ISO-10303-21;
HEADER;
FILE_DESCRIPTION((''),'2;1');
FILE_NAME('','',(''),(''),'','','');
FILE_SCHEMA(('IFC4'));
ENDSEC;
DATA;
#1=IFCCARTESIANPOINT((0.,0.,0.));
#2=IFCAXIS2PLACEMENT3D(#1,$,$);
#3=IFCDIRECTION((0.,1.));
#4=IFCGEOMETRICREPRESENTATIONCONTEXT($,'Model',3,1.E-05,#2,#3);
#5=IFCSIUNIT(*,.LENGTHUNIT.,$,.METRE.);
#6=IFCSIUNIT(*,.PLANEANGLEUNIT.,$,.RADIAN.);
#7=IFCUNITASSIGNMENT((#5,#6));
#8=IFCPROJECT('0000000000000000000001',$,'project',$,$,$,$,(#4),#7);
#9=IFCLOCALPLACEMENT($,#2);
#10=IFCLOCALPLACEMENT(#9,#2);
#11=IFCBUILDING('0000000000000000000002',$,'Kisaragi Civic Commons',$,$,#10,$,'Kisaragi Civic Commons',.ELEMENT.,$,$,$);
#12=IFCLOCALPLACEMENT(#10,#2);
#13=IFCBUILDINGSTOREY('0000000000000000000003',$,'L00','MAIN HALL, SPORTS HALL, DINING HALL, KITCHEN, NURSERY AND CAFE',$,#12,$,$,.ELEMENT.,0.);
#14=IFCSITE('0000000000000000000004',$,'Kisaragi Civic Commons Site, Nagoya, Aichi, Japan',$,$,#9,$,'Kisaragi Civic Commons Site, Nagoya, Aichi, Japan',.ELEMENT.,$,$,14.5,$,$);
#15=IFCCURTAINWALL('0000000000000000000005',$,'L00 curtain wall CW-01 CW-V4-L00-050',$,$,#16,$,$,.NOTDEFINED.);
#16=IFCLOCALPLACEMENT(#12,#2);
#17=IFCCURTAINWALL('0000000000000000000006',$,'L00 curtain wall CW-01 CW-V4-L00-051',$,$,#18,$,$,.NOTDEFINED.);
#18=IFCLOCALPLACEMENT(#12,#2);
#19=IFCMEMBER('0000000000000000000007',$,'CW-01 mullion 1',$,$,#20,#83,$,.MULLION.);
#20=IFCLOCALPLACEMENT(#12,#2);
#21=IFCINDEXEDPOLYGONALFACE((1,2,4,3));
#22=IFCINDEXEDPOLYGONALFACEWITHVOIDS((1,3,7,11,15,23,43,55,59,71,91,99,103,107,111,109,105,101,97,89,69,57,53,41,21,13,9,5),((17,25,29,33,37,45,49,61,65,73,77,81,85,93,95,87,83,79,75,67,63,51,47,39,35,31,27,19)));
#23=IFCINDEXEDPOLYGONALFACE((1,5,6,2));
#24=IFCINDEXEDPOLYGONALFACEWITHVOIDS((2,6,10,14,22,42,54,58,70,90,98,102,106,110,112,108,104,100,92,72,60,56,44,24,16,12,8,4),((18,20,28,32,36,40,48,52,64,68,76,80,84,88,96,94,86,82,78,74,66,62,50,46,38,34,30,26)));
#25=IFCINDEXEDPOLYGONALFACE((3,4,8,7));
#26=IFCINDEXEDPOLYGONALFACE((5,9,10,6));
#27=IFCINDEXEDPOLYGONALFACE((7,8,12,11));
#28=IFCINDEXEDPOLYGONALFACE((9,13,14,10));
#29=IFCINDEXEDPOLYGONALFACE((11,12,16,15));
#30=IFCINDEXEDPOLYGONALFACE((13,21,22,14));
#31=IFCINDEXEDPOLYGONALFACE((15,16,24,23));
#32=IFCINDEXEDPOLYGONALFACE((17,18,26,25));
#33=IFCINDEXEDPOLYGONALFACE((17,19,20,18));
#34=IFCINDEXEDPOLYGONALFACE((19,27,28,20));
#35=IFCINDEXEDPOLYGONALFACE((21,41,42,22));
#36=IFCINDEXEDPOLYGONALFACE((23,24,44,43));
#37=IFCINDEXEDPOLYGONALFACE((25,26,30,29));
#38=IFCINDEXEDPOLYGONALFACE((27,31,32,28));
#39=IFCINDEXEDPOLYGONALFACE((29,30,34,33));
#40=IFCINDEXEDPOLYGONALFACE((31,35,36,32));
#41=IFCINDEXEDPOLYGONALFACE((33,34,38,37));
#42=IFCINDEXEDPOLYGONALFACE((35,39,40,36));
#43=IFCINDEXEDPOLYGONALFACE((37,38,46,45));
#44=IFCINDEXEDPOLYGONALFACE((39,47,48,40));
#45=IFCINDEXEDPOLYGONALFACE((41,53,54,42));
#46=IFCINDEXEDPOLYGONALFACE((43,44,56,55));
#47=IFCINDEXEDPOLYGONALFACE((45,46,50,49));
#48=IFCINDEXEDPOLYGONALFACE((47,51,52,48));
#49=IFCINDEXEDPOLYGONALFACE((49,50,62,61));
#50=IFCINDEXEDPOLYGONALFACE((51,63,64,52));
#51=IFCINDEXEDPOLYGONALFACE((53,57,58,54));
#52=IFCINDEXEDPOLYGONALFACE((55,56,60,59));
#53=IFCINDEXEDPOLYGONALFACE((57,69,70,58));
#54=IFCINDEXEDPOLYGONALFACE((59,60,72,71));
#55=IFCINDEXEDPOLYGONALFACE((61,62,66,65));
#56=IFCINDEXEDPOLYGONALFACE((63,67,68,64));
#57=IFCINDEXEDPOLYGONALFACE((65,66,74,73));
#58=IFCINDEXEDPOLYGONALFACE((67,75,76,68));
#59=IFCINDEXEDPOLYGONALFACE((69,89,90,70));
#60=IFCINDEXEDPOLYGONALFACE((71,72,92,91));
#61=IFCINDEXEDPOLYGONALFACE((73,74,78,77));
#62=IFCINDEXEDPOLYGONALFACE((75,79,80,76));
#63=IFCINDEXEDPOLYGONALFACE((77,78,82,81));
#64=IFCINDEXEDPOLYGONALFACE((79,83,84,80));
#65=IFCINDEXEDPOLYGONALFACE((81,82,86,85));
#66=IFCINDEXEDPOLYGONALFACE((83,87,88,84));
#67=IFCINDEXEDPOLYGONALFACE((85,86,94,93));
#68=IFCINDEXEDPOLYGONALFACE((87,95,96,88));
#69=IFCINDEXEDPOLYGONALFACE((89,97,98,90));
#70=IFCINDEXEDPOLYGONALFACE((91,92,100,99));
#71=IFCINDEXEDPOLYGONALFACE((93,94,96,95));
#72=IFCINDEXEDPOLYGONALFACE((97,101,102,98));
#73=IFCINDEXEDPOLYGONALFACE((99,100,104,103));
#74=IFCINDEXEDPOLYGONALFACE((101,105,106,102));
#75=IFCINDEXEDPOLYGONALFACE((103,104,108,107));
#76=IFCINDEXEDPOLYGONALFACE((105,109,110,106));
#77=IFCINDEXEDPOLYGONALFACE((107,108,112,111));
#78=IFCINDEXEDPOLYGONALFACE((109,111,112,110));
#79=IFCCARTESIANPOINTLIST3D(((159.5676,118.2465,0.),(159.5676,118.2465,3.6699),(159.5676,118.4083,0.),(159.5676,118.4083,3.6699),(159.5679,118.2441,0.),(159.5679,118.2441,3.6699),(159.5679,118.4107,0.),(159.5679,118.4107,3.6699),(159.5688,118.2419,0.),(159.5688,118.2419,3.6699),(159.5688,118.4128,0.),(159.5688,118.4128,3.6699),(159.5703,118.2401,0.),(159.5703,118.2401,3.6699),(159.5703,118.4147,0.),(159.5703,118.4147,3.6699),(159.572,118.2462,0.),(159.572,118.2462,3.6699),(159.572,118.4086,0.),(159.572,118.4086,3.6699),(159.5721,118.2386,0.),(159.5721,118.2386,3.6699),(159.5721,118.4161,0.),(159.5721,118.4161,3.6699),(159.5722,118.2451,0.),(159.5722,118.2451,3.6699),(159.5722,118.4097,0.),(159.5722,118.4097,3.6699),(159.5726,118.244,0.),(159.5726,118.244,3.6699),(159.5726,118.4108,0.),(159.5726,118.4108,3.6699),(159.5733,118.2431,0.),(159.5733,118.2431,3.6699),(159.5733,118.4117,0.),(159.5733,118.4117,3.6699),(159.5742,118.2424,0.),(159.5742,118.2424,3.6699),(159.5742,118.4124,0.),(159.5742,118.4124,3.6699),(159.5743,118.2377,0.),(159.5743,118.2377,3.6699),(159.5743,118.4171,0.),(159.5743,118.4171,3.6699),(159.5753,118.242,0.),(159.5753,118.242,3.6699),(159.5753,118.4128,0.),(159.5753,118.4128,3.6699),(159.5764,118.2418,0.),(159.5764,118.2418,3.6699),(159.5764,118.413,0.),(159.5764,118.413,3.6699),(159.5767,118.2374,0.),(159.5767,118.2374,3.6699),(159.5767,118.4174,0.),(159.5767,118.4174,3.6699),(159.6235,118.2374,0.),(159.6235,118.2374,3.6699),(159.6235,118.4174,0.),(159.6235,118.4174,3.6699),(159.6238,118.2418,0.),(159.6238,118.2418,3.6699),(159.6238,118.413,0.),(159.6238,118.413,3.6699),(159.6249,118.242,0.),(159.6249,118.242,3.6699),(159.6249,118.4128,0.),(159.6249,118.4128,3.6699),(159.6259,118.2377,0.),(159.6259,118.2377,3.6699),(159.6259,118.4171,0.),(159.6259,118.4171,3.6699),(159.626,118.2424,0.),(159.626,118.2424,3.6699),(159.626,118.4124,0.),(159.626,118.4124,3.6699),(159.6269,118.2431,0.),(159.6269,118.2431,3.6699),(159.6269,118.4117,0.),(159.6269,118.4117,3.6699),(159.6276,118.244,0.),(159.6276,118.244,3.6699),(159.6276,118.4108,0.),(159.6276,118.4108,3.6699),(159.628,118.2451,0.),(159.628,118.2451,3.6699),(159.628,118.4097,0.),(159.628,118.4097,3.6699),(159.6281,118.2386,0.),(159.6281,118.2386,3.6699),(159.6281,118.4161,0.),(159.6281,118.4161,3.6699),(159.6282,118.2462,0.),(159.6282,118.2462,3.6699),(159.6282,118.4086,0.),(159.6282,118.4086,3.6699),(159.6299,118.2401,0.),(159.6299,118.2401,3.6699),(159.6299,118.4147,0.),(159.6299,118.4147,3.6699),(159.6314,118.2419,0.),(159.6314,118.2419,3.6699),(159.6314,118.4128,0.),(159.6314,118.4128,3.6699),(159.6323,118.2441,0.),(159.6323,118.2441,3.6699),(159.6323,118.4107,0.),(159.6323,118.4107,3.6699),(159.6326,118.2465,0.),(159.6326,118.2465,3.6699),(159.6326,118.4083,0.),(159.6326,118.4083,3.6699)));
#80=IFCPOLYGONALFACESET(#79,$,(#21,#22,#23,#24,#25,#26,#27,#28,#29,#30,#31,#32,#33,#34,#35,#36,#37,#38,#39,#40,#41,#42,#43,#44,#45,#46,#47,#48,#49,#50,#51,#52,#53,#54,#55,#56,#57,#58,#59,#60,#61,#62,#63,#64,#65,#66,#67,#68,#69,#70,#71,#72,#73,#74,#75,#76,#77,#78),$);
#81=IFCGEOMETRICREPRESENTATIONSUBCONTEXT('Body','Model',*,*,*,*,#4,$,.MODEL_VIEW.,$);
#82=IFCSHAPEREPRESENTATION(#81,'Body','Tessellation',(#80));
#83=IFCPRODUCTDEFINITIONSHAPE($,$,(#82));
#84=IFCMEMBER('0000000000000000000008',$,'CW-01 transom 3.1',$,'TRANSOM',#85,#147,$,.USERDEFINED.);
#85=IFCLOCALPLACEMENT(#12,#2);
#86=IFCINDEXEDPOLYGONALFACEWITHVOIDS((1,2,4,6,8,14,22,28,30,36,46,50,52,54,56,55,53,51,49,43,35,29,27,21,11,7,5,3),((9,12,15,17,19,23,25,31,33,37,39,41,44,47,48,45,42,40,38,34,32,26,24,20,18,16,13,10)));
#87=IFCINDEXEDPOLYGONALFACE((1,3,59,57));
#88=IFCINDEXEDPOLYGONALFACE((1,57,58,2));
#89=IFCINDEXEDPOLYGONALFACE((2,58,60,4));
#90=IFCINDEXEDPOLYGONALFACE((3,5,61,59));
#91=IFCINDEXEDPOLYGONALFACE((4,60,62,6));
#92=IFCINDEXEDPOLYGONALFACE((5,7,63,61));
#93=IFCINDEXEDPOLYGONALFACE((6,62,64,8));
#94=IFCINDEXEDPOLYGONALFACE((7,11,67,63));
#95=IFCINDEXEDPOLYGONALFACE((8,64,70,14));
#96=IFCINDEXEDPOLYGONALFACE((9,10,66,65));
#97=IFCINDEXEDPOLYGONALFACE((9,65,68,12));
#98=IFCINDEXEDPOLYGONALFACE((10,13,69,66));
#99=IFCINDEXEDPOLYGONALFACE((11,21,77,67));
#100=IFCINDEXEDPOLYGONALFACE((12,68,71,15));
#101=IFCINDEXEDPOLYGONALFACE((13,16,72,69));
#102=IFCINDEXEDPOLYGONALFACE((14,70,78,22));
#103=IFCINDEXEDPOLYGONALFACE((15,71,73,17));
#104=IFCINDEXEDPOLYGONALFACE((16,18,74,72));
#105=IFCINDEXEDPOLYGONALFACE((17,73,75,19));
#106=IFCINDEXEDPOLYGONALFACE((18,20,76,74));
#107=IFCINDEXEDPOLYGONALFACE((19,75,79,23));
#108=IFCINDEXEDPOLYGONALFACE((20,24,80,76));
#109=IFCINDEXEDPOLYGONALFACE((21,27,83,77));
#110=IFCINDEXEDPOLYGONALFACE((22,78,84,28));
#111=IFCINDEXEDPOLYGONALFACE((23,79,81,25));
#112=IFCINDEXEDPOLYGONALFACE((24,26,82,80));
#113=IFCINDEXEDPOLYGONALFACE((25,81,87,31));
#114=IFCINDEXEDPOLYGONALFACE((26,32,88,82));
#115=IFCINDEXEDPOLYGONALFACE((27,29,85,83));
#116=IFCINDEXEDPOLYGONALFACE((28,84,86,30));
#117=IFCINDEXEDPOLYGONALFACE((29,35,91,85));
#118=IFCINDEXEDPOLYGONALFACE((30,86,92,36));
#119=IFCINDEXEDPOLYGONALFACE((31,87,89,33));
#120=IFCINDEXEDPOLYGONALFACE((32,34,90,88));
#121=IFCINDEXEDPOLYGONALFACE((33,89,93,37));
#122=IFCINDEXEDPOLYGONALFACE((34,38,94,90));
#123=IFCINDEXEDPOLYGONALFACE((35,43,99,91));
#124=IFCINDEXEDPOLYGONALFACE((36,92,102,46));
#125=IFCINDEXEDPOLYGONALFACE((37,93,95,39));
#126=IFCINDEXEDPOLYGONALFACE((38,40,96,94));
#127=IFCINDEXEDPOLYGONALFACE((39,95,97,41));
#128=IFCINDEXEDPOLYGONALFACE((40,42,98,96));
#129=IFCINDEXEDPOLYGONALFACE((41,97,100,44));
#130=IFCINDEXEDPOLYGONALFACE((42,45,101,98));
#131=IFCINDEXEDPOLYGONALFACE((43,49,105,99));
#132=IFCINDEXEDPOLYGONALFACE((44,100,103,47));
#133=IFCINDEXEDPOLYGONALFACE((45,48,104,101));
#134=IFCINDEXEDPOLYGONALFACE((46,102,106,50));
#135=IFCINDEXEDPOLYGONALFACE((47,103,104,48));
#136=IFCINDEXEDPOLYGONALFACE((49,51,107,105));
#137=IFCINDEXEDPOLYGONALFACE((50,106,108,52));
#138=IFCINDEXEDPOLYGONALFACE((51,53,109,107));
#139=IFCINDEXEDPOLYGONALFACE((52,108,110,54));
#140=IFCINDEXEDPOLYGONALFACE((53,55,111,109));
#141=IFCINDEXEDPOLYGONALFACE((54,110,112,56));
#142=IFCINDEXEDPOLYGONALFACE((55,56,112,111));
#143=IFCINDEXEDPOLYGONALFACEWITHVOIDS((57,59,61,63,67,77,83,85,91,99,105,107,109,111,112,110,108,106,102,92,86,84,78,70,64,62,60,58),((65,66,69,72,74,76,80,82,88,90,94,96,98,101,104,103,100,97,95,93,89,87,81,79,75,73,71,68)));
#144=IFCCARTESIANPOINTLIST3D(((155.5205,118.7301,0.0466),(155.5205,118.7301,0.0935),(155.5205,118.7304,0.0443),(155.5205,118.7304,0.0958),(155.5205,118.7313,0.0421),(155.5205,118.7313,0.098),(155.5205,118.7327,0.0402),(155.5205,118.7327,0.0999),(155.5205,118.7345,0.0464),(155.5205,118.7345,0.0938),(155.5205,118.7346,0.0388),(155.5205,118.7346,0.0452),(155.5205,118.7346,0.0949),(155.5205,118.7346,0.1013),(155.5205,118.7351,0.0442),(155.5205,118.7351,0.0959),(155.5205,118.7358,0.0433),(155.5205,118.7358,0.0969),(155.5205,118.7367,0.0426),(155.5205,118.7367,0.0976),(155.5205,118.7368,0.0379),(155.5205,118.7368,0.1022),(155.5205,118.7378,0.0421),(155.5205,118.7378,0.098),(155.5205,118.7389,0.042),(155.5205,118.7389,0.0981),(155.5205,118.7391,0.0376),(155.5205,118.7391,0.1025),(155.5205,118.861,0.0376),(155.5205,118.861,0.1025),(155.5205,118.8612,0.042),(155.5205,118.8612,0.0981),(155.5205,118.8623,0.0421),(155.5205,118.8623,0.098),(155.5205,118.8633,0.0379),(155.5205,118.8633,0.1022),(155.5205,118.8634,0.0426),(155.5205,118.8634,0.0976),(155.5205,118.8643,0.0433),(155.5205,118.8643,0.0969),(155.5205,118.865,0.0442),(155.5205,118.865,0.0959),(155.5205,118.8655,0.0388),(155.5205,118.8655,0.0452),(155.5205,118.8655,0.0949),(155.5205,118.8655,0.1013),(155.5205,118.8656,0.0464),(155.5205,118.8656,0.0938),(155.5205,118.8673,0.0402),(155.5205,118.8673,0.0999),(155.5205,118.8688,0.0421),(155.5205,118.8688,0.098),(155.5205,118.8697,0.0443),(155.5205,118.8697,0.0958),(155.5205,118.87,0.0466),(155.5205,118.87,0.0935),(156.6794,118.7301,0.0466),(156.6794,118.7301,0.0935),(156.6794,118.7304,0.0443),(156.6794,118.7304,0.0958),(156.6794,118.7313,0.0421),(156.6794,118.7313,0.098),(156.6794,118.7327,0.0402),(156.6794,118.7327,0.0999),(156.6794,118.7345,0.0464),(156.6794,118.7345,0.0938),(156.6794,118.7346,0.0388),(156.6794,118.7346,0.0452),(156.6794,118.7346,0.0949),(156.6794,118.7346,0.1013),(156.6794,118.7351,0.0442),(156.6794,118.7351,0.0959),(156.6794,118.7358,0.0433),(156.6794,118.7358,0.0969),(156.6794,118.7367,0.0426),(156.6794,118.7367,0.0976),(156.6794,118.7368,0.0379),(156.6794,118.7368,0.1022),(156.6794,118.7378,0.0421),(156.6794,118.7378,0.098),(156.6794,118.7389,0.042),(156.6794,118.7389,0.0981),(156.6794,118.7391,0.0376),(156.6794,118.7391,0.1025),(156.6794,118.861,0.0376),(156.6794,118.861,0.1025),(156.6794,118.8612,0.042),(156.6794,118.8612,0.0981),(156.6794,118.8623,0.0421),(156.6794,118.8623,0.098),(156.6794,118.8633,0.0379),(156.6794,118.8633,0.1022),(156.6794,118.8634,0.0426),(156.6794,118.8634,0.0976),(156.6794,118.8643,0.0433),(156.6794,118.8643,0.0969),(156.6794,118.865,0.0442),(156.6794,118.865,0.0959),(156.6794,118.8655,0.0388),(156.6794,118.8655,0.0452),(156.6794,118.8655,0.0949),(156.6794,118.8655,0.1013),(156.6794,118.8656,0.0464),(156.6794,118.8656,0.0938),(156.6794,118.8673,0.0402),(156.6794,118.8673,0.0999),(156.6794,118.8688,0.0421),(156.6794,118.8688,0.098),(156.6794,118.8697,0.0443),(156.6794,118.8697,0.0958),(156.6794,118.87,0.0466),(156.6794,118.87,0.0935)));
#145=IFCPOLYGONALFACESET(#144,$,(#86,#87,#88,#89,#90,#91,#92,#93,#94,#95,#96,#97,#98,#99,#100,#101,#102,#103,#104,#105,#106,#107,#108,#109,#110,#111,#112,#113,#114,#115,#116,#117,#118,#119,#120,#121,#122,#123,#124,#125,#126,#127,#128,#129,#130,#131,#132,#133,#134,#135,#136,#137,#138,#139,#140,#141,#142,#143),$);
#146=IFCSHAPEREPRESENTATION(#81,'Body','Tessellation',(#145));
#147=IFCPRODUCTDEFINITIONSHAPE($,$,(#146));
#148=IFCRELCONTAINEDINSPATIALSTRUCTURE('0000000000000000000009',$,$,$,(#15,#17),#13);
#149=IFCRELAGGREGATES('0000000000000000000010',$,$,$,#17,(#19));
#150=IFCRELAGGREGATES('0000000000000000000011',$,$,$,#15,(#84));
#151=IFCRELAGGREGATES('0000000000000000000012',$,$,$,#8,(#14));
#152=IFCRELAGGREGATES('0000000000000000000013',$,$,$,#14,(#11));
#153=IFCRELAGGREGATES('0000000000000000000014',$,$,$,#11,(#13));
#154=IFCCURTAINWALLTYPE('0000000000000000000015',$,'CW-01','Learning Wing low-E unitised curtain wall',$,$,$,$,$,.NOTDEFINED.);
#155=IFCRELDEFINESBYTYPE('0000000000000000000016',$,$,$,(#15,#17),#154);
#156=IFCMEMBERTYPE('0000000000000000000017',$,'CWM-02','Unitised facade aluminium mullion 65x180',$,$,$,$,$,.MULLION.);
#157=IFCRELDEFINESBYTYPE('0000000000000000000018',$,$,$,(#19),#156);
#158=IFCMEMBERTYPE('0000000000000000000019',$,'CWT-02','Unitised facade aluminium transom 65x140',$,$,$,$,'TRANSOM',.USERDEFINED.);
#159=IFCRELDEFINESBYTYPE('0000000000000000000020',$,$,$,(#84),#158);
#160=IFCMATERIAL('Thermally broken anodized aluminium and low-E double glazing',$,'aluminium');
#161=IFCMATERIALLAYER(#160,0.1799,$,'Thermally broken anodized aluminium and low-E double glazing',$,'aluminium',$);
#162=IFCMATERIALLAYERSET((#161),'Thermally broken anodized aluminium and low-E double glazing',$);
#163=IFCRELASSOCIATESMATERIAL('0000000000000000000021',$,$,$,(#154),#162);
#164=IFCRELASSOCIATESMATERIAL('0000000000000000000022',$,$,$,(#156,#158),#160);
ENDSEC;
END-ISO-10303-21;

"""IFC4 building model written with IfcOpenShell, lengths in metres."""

from ifc_helpers import new_model, si_unit, direction, frame, origin, origin_2d, place, context, subcontext, project, spatial, hollow_rectangle, extrude, material, layer, layer_set, material_profile, profile_set, type_object, element, aggregate, save


model = new_model("IFC4")

# Units and contexts
model_context = context("Model", 3, precision=1e-05, world=origin(), true_north=direction((0.0, 1.0)))
body_context = subcontext(model_context, "Body", "Model", "MODEL_VIEW")
ifc_project = project(units=[si_unit("LENGTHUNIT", "METRE"), si_unit("PLANEANGLEUNIT", "RADIAN")], contexts=[model_context])

# Site, building, storey
site_placement = place(None, origin())
site = spatial("IfcSite", under=ifc_project, at=site_placement, Name="Kisaragi Civic Commons Site, Nagoya, Aichi, Japan", LongName="Kisaragi Civic Commons Site, Nagoya, Aichi, Japan", CompositionType="ELEMENT", RefElevation=14.5)
building_placement = place(site_placement, origin())
building = spatial("IfcBuilding", under=site, at=building_placement, Name="Kisaragi Civic Commons", LongName="Kisaragi Civic Commons", CompositionType="ELEMENT")
storey_placement = place(building_placement, origin())
storey = spatial("IfcBuildingStorey", under=building, at=storey_placement, Name="L00", Description="MAIN HALL, SPORTS HALL, DINING HALL, KITCHEN, NURSERY AND CAFE", CompositionType="ELEMENT", Elevation=0.0)

# Curtain wall
ifc_material_1 = material(Name="Thermally broken anodized aluminium and low-E double glazing", Category="aluminium")
ifc_layer_1 = layer(ifc_material_1, 0.1799, Name="Thermally broken anodized aluminium and low-E double glazing", Category="aluminium")
ifc_layer_set_1 = layer_set([ifc_layer_1], Name="Thermally broken anodized aluminium and low-E double glazing")
curtain_wall_type = type_object("IfcCurtainWallType", Name="CW-01", Description="Learning Wing low-E unitised curtain wall", PredefinedType="NOTDEFINED", material=ifc_layer_set_1)
curtain_wall_1_placement = place(storey_placement, origin())
curtain_wall_1 = element("IfcCurtainWall", 1, at=curtain_wall_1_placement, inside=storey, type_object=curtain_wall_type, Name="L00 curtain wall CW-01 CW-V4-L00-050", PredefinedType="NOTDEFINED")
ifc_material_profile_1 = material_profile(ifc_material_1, hollow_rectangle(XDim=0.0649, YDim=0.1799, WallThickness=0.0044, InnerFilletRadius=0.0044, OuterFilletRadius=0.009, at=origin_2d()), Name="CWM-65x180x4.5", Category="aluminium")
ifc_profile_set_1 = profile_set([ifc_material_profile_1], Name="Thermally broken anodized aluminium and low-E double glazing")
member_type_1 = type_object("IfcMemberType", Name="CWM-02", Description="Unitised facade aluminium mullion 65x180", PredefinedType="MULLION", material=ifc_profile_set_1)

# Curtain wall, member
curtain_wall_2_placement = place(storey_placement, origin())
curtain_wall_2 = element("IfcCurtainWall", 2, at=curtain_wall_2_placement, inside=storey, type_object=curtain_wall_type, Name="L00 curtain wall CW-01 CW-V4-L00-051", PredefinedType="NOTDEFINED")
member_1_placement = place(storey_placement, frame((159.6001, 118.3274, 0.0), z_axis=(0.0, 0.0, 1.0), x_axis=(1.0, 0.0, 0.0)))
member_1 = element("IfcMember", 3, at=member_1_placement, type_object=member_type_1, Name="CW-01 mullion 1", PredefinedType="MULLION", context=body_context, shape_type="SweptSolid", body=[
    extrude(hollow_rectangle(XDim=0.0649, YDim=0.1799, WallThickness=0.0044, InnerFilletRadius=0.0044, OuterFilletRadius=0.009, at=origin_2d()), origin(), (0.0, 0.0, 1.0), 3.6699),
])

# Member
ifc_material_profile_2 = material_profile(ifc_material_1, hollow_rectangle(XDim=0.1399, YDim=0.0649, WallThickness=0.0044, InnerFilletRadius=0.0044, OuterFilletRadius=0.009, at=origin_2d()), Name="CWT-65x140x4.5", Category="aluminium")
ifc_profile_set_2 = profile_set([ifc_material_profile_2], Name="Thermally broken anodized aluminium and low-E double glazing")
member_type_2 = type_object("IfcMemberType", Name="CWT-02", Description="Unitised facade aluminium transom 65x140", ElementType="TRANSOM", PredefinedType="USERDEFINED", material=ifc_profile_set_2)
member_2_placement = place(storey_placement, frame((155.5205, 118.8, 0.0701), z_axis=(1.0, 0.0, 0.0), x_axis=(0.0, 1.0, 0.0)))
member_2 = element("IfcMember", 4, at=member_2_placement, type_object=member_type_2, Name="CW-01 transom 3.1", ObjectType="TRANSOM", PredefinedType="USERDEFINED", context=body_context, shape_type="SweptSolid", body=[
    extrude(hollow_rectangle(XDim=0.1399, YDim=0.0649, WallThickness=0.0044, InnerFilletRadius=0.0044, OuterFilletRadius=0.009, at=origin_2d()), origin(), (0.0, 0.0, 1.0), 1.1589),
])
aggregate(curtain_wall_2, [member_1])

aggregate(curtain_wall_1, [member_2])

save(model, "model.ifc")
